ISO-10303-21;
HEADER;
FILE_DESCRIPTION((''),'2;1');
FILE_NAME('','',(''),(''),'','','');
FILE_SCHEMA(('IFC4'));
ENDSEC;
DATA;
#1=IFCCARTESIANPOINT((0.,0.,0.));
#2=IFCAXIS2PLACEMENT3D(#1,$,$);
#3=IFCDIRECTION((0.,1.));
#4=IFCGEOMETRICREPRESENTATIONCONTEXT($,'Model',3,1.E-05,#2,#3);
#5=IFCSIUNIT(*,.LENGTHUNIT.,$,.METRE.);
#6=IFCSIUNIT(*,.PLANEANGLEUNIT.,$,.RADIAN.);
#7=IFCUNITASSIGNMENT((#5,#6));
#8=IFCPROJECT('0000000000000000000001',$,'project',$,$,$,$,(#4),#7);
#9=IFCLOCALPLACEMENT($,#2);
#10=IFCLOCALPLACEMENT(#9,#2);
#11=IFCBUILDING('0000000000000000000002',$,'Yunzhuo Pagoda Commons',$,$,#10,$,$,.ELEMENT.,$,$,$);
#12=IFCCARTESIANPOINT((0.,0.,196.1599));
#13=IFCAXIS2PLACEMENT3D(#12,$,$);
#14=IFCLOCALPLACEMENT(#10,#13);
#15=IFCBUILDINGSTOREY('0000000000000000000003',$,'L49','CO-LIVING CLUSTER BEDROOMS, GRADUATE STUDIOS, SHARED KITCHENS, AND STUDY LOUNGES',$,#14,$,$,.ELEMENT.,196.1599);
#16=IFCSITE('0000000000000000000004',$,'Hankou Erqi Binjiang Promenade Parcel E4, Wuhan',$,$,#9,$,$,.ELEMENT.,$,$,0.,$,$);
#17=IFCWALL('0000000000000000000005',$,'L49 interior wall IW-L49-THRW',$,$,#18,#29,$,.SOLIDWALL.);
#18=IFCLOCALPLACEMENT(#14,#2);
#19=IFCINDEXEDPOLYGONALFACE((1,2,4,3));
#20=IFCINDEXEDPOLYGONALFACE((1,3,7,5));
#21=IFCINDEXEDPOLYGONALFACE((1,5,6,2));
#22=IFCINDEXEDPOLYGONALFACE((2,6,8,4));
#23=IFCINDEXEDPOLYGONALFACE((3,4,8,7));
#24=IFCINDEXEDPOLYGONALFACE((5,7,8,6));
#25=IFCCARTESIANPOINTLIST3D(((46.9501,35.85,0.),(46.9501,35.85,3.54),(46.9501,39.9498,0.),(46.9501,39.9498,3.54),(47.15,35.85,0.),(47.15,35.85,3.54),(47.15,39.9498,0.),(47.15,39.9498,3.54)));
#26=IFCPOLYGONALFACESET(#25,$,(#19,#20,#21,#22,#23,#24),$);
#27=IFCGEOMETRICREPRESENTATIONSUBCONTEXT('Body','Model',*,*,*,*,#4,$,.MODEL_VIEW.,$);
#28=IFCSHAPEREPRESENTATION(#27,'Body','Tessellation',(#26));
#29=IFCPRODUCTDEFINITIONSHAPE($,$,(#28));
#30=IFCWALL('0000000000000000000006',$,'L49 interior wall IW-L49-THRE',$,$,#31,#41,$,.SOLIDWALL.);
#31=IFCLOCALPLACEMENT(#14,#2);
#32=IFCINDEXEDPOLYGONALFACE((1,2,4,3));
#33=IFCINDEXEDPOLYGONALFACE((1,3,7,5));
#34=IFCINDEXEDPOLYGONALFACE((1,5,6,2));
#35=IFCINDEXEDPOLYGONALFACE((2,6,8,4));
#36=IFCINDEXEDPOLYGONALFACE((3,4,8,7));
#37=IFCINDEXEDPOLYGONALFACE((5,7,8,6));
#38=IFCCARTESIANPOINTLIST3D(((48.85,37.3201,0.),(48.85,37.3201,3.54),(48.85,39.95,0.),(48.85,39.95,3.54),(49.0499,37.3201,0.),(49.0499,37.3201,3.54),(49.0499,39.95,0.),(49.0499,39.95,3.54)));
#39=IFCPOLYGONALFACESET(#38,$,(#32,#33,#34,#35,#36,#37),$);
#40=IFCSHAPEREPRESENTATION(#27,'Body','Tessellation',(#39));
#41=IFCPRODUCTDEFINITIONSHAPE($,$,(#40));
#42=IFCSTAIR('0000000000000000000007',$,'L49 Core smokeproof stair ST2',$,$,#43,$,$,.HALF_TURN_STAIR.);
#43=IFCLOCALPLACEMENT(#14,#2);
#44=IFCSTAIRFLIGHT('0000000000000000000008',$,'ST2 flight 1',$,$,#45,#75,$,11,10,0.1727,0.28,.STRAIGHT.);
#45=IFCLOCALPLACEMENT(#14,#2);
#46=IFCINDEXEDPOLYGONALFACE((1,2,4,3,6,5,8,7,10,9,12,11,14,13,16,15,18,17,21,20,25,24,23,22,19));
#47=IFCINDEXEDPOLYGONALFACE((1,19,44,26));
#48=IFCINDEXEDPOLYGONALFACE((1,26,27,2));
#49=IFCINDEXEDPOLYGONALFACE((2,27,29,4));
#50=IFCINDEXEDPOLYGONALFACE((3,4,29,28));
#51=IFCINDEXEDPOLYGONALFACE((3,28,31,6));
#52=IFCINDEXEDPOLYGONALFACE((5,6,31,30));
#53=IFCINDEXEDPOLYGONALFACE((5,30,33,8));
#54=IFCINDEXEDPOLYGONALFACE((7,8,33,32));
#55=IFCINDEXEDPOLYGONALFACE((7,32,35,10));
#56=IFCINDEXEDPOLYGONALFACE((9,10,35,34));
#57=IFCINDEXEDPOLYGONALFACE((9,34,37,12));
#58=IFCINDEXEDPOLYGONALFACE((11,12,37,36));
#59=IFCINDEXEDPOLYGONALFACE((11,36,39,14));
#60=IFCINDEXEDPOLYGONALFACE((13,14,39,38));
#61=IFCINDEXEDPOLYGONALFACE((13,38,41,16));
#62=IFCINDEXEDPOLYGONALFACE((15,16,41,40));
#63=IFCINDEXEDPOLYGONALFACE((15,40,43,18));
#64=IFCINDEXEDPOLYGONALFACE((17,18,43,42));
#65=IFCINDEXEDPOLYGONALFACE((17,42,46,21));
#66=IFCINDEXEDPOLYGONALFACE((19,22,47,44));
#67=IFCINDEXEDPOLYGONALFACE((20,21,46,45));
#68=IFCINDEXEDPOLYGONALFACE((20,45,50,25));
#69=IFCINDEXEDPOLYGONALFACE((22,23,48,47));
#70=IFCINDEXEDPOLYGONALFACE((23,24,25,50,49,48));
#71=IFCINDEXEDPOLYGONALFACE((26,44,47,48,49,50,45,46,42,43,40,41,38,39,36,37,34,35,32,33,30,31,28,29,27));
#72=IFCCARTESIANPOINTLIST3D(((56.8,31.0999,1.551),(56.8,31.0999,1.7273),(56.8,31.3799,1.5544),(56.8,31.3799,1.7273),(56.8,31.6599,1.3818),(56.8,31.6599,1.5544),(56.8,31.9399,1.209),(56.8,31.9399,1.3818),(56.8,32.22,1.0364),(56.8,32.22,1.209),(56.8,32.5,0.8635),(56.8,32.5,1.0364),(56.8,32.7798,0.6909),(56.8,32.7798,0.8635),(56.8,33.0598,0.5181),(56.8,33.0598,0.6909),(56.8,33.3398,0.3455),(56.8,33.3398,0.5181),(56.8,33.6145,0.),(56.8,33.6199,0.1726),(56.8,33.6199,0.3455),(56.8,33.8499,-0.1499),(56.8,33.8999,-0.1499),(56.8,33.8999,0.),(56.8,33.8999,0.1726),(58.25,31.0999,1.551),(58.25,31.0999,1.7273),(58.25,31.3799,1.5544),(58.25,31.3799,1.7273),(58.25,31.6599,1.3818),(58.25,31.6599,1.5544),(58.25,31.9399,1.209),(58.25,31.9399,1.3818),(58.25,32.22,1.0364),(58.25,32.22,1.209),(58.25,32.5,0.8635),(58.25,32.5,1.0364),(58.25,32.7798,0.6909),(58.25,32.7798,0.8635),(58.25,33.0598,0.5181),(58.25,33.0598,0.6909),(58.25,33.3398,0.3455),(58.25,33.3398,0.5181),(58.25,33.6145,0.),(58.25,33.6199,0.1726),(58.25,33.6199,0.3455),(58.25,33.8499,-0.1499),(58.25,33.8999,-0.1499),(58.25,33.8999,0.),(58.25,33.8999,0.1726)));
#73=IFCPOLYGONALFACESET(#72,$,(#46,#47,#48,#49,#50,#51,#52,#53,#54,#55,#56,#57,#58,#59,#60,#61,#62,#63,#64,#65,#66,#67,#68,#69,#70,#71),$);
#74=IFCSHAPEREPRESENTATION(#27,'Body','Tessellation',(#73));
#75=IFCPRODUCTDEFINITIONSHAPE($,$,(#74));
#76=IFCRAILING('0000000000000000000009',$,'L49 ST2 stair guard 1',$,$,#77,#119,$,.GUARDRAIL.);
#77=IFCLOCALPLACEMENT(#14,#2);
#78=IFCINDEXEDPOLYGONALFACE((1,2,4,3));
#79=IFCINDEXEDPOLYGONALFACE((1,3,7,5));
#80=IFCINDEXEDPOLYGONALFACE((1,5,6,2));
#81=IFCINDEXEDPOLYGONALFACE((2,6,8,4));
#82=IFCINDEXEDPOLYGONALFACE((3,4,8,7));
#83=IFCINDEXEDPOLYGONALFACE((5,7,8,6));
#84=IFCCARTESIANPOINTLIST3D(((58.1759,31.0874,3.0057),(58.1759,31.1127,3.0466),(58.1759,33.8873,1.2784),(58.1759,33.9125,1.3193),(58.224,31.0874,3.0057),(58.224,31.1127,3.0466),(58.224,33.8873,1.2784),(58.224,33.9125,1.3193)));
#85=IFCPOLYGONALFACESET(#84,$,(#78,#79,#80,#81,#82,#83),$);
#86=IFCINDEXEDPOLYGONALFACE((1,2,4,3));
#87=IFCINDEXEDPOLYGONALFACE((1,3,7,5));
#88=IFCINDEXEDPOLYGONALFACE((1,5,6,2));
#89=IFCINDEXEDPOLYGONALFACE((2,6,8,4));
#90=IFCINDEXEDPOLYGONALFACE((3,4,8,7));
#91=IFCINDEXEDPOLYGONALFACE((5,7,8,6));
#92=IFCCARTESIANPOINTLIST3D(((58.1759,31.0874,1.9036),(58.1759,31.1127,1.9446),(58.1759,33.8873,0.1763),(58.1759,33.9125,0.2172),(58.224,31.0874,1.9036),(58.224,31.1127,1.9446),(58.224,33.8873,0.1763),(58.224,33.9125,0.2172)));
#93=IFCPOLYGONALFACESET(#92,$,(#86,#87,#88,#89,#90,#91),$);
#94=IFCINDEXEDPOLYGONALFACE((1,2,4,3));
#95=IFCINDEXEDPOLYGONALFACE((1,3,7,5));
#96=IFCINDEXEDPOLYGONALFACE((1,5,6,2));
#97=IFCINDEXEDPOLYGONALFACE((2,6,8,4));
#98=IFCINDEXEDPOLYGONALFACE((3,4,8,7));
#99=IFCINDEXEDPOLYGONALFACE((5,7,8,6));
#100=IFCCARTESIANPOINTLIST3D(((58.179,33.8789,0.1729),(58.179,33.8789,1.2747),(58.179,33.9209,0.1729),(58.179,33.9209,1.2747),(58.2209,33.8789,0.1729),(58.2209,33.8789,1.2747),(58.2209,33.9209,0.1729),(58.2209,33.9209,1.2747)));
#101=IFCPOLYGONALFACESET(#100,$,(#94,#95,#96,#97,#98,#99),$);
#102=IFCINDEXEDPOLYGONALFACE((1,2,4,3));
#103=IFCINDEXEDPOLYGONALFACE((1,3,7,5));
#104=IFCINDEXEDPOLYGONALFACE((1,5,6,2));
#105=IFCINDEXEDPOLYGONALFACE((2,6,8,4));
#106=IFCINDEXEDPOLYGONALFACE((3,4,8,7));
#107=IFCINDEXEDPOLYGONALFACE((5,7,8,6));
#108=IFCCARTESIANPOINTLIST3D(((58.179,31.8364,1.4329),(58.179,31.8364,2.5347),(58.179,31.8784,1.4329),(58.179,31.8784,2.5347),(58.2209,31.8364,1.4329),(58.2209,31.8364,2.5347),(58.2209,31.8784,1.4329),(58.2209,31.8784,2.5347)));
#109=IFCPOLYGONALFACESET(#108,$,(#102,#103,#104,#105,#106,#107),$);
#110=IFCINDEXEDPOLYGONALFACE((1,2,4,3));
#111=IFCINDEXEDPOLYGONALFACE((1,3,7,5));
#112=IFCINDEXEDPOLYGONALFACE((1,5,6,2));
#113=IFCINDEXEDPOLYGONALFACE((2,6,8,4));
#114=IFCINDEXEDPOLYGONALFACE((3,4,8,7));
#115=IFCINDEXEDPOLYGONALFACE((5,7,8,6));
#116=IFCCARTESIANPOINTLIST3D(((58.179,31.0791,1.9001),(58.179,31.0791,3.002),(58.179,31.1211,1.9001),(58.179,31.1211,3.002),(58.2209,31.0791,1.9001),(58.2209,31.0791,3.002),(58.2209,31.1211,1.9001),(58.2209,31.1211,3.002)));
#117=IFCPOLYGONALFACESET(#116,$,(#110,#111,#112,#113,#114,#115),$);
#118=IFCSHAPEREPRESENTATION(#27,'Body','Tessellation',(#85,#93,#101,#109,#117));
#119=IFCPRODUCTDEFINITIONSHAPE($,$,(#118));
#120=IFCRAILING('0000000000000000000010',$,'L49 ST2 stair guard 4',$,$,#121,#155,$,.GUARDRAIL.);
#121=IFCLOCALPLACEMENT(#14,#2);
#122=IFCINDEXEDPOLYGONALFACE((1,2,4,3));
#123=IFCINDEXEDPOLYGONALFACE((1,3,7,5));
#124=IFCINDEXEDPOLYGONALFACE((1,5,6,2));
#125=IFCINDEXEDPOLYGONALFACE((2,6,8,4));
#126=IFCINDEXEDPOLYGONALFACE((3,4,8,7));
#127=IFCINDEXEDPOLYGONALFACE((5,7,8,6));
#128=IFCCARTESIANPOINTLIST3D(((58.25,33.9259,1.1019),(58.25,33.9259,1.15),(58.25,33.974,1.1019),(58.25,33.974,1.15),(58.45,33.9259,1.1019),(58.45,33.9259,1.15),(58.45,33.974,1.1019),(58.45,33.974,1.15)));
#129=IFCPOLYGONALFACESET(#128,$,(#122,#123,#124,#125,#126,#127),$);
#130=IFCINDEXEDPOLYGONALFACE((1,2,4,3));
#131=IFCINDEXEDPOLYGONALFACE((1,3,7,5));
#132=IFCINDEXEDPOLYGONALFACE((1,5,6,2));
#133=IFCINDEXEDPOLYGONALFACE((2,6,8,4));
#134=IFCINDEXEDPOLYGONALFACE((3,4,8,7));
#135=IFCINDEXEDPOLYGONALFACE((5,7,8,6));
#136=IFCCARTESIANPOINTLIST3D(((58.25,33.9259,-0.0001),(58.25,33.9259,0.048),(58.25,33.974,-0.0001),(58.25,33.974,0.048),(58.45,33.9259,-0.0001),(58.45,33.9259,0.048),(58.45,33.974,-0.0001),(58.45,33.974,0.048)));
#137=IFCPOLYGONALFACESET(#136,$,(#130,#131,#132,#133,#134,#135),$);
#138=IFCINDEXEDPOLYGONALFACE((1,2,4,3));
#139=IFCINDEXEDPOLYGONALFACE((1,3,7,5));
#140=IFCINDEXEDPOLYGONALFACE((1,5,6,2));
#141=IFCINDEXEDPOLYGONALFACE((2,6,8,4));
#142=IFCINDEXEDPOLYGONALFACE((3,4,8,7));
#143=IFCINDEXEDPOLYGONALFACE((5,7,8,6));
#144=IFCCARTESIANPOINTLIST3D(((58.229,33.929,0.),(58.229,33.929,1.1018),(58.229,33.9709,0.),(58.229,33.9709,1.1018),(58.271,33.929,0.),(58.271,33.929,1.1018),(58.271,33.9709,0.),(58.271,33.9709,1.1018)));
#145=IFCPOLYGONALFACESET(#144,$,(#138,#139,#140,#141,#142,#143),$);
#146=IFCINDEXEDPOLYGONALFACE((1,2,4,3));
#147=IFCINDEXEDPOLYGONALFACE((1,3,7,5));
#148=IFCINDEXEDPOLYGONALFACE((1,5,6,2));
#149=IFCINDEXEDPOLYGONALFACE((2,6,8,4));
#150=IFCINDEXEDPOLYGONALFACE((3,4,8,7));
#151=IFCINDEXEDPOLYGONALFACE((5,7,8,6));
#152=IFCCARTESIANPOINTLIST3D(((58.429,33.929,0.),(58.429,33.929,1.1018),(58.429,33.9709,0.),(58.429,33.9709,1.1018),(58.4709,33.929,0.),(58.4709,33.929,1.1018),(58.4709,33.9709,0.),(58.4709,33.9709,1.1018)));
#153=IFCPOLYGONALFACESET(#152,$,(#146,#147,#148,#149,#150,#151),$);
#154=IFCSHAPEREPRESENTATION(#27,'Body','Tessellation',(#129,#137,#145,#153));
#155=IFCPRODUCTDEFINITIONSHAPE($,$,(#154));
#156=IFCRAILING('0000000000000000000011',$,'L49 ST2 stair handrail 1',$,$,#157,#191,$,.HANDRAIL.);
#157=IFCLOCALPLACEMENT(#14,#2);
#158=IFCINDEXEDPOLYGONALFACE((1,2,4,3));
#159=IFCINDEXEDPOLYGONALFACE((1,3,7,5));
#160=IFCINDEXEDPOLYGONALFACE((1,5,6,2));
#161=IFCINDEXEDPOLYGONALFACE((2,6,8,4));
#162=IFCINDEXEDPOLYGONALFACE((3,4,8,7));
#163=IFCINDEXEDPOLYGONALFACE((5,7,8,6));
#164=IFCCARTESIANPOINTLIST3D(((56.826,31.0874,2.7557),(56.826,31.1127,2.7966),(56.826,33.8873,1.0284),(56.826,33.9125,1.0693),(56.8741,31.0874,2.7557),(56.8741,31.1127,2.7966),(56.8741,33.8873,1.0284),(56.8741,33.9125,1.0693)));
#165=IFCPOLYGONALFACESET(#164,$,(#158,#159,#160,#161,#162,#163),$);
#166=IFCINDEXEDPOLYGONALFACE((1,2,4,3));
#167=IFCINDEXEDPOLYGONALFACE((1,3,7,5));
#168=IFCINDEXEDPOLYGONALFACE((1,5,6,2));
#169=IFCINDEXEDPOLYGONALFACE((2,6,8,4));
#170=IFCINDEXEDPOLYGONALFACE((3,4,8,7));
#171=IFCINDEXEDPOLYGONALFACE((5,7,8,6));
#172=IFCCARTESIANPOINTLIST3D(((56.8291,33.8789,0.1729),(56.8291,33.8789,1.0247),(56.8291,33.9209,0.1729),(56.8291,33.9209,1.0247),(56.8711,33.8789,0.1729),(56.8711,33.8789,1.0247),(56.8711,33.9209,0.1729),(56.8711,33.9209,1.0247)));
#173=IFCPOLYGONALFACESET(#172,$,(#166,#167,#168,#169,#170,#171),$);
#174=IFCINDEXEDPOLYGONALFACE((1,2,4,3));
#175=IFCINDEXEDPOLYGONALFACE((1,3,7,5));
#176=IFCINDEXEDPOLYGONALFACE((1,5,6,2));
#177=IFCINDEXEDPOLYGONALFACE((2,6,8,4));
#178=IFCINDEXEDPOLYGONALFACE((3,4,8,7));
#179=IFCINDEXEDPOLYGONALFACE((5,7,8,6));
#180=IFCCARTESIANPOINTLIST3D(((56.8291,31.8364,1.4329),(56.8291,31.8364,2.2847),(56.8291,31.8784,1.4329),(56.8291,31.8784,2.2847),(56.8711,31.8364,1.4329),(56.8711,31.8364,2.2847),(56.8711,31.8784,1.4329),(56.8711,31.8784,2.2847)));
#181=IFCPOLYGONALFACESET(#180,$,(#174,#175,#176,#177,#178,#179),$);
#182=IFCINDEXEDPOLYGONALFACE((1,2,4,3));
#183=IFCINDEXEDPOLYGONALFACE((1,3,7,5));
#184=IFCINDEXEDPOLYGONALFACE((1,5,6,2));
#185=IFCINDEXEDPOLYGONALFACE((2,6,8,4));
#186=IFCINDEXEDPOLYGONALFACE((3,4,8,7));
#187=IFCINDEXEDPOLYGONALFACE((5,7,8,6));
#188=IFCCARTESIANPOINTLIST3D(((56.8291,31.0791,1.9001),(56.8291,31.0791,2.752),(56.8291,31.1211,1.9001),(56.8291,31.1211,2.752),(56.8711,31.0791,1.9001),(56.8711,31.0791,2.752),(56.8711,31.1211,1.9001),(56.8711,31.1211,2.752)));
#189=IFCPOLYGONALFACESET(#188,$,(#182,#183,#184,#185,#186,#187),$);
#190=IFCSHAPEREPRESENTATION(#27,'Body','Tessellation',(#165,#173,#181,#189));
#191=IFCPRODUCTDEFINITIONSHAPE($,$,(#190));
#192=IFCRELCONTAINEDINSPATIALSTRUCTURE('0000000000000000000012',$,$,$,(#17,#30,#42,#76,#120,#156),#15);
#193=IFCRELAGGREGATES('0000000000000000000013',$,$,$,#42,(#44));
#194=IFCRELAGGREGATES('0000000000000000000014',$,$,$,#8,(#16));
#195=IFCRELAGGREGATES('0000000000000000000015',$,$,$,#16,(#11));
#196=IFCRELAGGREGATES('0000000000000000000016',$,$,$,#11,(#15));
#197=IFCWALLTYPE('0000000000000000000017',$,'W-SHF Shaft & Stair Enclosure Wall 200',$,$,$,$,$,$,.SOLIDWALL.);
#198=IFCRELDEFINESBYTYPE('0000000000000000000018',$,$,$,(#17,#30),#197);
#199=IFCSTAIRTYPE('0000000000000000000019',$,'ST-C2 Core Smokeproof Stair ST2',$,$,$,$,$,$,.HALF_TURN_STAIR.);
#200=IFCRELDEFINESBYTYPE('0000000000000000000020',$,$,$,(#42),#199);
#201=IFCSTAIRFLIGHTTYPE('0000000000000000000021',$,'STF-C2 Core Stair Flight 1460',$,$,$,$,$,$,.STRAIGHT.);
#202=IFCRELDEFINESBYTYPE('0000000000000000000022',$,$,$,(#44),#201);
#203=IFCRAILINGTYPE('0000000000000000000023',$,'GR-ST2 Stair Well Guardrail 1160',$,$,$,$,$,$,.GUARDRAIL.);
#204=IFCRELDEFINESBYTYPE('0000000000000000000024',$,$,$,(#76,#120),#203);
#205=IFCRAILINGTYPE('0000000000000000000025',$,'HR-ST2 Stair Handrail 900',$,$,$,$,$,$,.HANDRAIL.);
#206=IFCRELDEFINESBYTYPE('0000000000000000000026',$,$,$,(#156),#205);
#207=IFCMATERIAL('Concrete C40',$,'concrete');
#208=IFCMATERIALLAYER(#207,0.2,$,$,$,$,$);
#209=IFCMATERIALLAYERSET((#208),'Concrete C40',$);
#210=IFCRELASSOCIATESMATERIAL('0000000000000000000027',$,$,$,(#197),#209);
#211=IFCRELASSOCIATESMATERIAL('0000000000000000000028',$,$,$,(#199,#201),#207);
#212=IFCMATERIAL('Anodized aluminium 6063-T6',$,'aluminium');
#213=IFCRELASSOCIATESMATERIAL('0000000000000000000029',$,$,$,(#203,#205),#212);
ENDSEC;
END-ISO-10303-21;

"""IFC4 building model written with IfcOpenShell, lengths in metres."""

from ifc_helpers import new_model, si_unit, direction, frame, frame_2d, origin, origin_2d, place, context, subcontext, project, spatial, polyline, rectangle, outline, extrude, source, transform, mapped, material, layer, layer_set, type_object, element, aggregate, save


model = new_model("IFC4")

# Units and contexts
model_context = context("Model", 3, precision=1e-05, world=origin(), true_north=direction((0.0, 1.0)))
body_context = subcontext(model_context, "Body", "Model", "MODEL_VIEW")
ifc_project = project(units=[si_unit("LENGTHUNIT", "METRE"), si_unit("PLANEANGLEUNIT", "RADIAN")], contexts=[model_context])

# Site, building, storey
site_placement = place(None, origin())
site = spatial("IfcSite", under=ifc_project, at=site_placement, Name="Hankou Erqi Binjiang Promenade Parcel E4, Wuhan", CompositionType="ELEMENT", RefElevation=0.0)
building_placement = place(site_placement, origin())
building = spatial("IfcBuilding", under=site, at=building_placement, Name="Yunzhuo Pagoda Commons", CompositionType="ELEMENT")
storey_placement = place(building_placement, frame((0.0, 0.0, 196.1599)))
storey = spatial("IfcBuildingStorey", under=building, at=storey_placement, Name="L49", Description="CO-LIVING CLUSTER BEDROOMS, GRADUATE STUDIOS, SHARED KITCHENS, AND STUDY LOUNGES", CompositionType="ELEMENT", Elevation=196.1599)

# Shared definitions
ifc_material_1 = material(Name="Concrete C40", Category="concrete")
ifc_layer_1 = layer(ifc_material_1, 0.2)
ifc_layer_set_1 = layer_set([ifc_layer_1], Name="Concrete C40")
wall_type_1 = type_object("IfcWallType", Name="W-SHF Shaft & Stair Enclosure Wall 200", PredefinedType="SOLIDWALL", material=ifc_layer_set_1)

# Walls
wall_1_placement = place(storey_placement, frame((47.05, 35.8501, 0.0), z_axis=(0.0, 0.0, 1.0), x_axis=(0.0, 1.0, 0.0)))
element("IfcWall", 1, at=wall_1_placement, inside=storey, type_object=wall_type_1, Name="L49 interior wall IW-L49-THRW", PredefinedType="SOLIDWALL", context=body_context, shape_type="SweptSolid", body=[
    extrude(rectangle(XDim=4.0999, YDim=0.2, at=frame_2d((2.0498, 0.0))), origin(), (0.0, 0.0, 1.0), 3.54),
])
wall_2_placement = place(storey_placement, frame((48.95, 37.3201, 0.0), z_axis=(0.0, 0.0, 1.0), x_axis=(0.0, 1.0, 0.0)))
element("IfcWall", 2, at=wall_2_placement, inside=storey, type_object=wall_type_1, Name="L49 interior wall IW-L49-THRE", PredefinedType="SOLIDWALL", context=body_context, shape_type="SweptSolid", body=[
    extrude(rectangle(XDim=2.6299, YDim=0.2, at=frame_2d((1.3149, 0.0))), origin(), (0.0, 0.0, 1.0), 3.54),
])

# Stair, stair flight
stair_type = type_object("IfcStairType", Name="ST-C2 Core Smokeproof Stair ST2", PredefinedType="HALF_TURN_STAIR", material=ifc_material_1)
stair_placement = place(storey_placement, origin())
stair = element("IfcStair", 3, at=stair_placement, inside=storey, type_object=stair_type, Name="L49 Core smokeproof stair ST2", PredefinedType="HALF_TURN_STAIR")
stair_flight_type = type_object("IfcStairFlightType", Name="STF-C2 Core Stair Flight 1460", PredefinedType="STRAIGHT", material=ifc_material_1)
shared_shape_1 = source(origin(), body_context, "Body", "SweptSolid", [
    extrude(outline(polyline([(0.0, -0.1499), (0.0, 0.0), (0.0, 0.1726), (0.28, 0.1726), (0.28, 0.3455), (0.5601, 0.3455), (0.5601, 0.5181), (0.8401, 0.5181), (0.8401, 0.6909), (1.1201, 0.6909), (1.1201, 0.8635), (1.3999, 0.8635), (1.3999, 1.0364), (1.6799, 1.0364), (1.6799, 1.209), (1.96, 1.209), (1.96, 1.3818), (2.24, 1.3818), (2.24, 1.5544), (2.52, 1.5544), (2.52, 1.7273), (2.8, 1.7273), (2.8, 1.8999), (2.8, 1.551), (0.2854, 0.0), (0.05, -0.1499), (0.0, -0.1499)])), frame((0.0, 0.7251, 0.0), z_axis=(0.0, -1.0, 0.0), x_axis=(1.0, 0.0, 0.0)), (0.0, 0.0, 1.0), 1.45),
])
stair_flight_placement = place(storey_placement, frame((57.5249, 33.8999, 0.0), z_axis=(0.0, 0.0, 1.0), x_axis=(0.0, -1.0, 0.0)))
stair_flight = element("IfcStairFlight", 4, at=stair_flight_placement, type_object=stair_flight_type, Name="ST2 flight 1", NumberOfRisers=11, NumberOfTreads=10, PredefinedType="STRAIGHT", RiserHeight=0.1727, TreadLength=0.28, context=body_context, shape_type="MappedRepresentation", body=[
    mapped(shared_shape_1, transform((0.0, 0.0, 0.0), scale=1.0)),
])
aggregate(stair, [stair_flight])

# Railings
ifc_material_2 = material(Name="Anodized aluminium 6063-T6", Category="aluminium")
railing_type_1 = type_object("IfcRailingType", Name="GR-ST2 Stair Well Guardrail 1160", PredefinedType="GUARDRAIL", material=ifc_material_2)
railing_1_placement = place(storey_placement, frame((58.2, 33.8999, 0.1729)))
element("IfcRailing", 5, at=railing_1_placement, inside=storey, type_object=railing_type_1, Name="L49 ST2 stair guard 1", PredefinedType="GUARDRAIL", context=body_context, shape_type="SweptSolid", body=[
    extrude(rectangle(XDim=0.0481, YDim=0.0481, at=origin_2d()), frame((0.0, 0.0, 1.126), z_axis=(0.0, -0.851069, 0.525054), x_axis=(1.0, 0.0, 0.0)), (0.0, 0.0, 1.0), 3.2898),
    extrude(rectangle(XDim=0.0481, YDim=0.0481, at=origin_2d()), frame((0.0, 0.0, 0.0239), z_axis=(0.0, -0.851069, 0.525054), x_axis=(1.0, 0.0, 0.0)), (0.0, 0.0, 1.0), 3.2898),
    extrude(rectangle(XDim=0.042, YDim=0.042, at=origin_2d()), origin(), (0.0, 0.0, 1.0), 1.1018),
    extrude(rectangle(XDim=0.042, YDim=0.042, at=origin_2d()), frame((0.0, -2.0425, 1.26)), (0.0, 0.0, 1.0), 1.1018),
    extrude(rectangle(XDim=0.042, YDim=0.042, at=origin_2d()), frame((0.0, -2.7998, 1.7273)), (0.0, 0.0, 1.0), 1.1018),
])
railing_2_placement = place(storey_placement, frame((58.25, 33.95, 0.0)))
element("IfcRailing", 6, at=railing_2_placement, inside=storey, type_object=railing_type_1, Name="L49 ST2 stair guard 4", PredefinedType="GUARDRAIL", context=body_context, shape_type="SweptSolid", body=[
    extrude(rectangle(XDim=0.0481, YDim=0.0481, at=origin_2d()), frame((0.0, 0.0, 1.126), z_axis=(1.0, 0.0, 0.0), x_axis=(0.0, 1.0, 0.0)), (0.0, 0.0, 1.0), 0.2),
    extrude(rectangle(XDim=0.0481, YDim=0.0481, at=origin_2d()), frame((0.0, 0.0, 0.0239), z_axis=(1.0, 0.0, 0.0), x_axis=(0.0, 1.0, 0.0)), (0.0, 0.0, 1.0), 0.2),
    extrude(rectangle(XDim=0.042, YDim=0.042, at=origin_2d()), origin(), (0.0, 0.0, 1.0), 1.1018),
    extrude(rectangle(XDim=0.042, YDim=0.042, at=origin_2d()), frame((0.2, 0.0, 0.0)), (0.0, 0.0, 1.0), 1.1018),
])
railing_type_2 = type_object("IfcRailingType", Name="HR-ST2 Stair Handrail 900", PredefinedType="HANDRAIL", material=ifc_material_2)
railing_3_placement = place(storey_placement, frame((56.8501, 33.8999, 0.1729)))
element("IfcRailing", 7, at=railing_3_placement, inside=storey, type_object=railing_type_2, Name="L49 ST2 stair handrail 1", PredefinedType="HANDRAIL", context=body_context, shape_type="SweptSolid", body=[
    extrude(rectangle(XDim=0.0481, YDim=0.0481, at=origin_2d()), frame((0.0, 0.0, 0.876), z_axis=(0.0, -0.851069, 0.525054), x_axis=(1.0, 0.0, 0.0)), (0.0, 0.0, 1.0), 3.2898),
    extrude(rectangle(XDim=0.042, YDim=0.042, at=origin_2d()), origin(), (0.0, 0.0, 1.0), 0.8518),
    extrude(rectangle(XDim=0.042, YDim=0.042, at=origin_2d()), frame((0.0, -2.0425, 1.26)), (0.0, 0.0, 1.0), 0.8518),
    extrude(rectangle(XDim=0.042, YDim=0.042, at=origin_2d()), frame((0.0, -2.7998, 1.7273)), (0.0, 0.0, 1.0), 0.8518),
])

save(model, "model.ifc")
